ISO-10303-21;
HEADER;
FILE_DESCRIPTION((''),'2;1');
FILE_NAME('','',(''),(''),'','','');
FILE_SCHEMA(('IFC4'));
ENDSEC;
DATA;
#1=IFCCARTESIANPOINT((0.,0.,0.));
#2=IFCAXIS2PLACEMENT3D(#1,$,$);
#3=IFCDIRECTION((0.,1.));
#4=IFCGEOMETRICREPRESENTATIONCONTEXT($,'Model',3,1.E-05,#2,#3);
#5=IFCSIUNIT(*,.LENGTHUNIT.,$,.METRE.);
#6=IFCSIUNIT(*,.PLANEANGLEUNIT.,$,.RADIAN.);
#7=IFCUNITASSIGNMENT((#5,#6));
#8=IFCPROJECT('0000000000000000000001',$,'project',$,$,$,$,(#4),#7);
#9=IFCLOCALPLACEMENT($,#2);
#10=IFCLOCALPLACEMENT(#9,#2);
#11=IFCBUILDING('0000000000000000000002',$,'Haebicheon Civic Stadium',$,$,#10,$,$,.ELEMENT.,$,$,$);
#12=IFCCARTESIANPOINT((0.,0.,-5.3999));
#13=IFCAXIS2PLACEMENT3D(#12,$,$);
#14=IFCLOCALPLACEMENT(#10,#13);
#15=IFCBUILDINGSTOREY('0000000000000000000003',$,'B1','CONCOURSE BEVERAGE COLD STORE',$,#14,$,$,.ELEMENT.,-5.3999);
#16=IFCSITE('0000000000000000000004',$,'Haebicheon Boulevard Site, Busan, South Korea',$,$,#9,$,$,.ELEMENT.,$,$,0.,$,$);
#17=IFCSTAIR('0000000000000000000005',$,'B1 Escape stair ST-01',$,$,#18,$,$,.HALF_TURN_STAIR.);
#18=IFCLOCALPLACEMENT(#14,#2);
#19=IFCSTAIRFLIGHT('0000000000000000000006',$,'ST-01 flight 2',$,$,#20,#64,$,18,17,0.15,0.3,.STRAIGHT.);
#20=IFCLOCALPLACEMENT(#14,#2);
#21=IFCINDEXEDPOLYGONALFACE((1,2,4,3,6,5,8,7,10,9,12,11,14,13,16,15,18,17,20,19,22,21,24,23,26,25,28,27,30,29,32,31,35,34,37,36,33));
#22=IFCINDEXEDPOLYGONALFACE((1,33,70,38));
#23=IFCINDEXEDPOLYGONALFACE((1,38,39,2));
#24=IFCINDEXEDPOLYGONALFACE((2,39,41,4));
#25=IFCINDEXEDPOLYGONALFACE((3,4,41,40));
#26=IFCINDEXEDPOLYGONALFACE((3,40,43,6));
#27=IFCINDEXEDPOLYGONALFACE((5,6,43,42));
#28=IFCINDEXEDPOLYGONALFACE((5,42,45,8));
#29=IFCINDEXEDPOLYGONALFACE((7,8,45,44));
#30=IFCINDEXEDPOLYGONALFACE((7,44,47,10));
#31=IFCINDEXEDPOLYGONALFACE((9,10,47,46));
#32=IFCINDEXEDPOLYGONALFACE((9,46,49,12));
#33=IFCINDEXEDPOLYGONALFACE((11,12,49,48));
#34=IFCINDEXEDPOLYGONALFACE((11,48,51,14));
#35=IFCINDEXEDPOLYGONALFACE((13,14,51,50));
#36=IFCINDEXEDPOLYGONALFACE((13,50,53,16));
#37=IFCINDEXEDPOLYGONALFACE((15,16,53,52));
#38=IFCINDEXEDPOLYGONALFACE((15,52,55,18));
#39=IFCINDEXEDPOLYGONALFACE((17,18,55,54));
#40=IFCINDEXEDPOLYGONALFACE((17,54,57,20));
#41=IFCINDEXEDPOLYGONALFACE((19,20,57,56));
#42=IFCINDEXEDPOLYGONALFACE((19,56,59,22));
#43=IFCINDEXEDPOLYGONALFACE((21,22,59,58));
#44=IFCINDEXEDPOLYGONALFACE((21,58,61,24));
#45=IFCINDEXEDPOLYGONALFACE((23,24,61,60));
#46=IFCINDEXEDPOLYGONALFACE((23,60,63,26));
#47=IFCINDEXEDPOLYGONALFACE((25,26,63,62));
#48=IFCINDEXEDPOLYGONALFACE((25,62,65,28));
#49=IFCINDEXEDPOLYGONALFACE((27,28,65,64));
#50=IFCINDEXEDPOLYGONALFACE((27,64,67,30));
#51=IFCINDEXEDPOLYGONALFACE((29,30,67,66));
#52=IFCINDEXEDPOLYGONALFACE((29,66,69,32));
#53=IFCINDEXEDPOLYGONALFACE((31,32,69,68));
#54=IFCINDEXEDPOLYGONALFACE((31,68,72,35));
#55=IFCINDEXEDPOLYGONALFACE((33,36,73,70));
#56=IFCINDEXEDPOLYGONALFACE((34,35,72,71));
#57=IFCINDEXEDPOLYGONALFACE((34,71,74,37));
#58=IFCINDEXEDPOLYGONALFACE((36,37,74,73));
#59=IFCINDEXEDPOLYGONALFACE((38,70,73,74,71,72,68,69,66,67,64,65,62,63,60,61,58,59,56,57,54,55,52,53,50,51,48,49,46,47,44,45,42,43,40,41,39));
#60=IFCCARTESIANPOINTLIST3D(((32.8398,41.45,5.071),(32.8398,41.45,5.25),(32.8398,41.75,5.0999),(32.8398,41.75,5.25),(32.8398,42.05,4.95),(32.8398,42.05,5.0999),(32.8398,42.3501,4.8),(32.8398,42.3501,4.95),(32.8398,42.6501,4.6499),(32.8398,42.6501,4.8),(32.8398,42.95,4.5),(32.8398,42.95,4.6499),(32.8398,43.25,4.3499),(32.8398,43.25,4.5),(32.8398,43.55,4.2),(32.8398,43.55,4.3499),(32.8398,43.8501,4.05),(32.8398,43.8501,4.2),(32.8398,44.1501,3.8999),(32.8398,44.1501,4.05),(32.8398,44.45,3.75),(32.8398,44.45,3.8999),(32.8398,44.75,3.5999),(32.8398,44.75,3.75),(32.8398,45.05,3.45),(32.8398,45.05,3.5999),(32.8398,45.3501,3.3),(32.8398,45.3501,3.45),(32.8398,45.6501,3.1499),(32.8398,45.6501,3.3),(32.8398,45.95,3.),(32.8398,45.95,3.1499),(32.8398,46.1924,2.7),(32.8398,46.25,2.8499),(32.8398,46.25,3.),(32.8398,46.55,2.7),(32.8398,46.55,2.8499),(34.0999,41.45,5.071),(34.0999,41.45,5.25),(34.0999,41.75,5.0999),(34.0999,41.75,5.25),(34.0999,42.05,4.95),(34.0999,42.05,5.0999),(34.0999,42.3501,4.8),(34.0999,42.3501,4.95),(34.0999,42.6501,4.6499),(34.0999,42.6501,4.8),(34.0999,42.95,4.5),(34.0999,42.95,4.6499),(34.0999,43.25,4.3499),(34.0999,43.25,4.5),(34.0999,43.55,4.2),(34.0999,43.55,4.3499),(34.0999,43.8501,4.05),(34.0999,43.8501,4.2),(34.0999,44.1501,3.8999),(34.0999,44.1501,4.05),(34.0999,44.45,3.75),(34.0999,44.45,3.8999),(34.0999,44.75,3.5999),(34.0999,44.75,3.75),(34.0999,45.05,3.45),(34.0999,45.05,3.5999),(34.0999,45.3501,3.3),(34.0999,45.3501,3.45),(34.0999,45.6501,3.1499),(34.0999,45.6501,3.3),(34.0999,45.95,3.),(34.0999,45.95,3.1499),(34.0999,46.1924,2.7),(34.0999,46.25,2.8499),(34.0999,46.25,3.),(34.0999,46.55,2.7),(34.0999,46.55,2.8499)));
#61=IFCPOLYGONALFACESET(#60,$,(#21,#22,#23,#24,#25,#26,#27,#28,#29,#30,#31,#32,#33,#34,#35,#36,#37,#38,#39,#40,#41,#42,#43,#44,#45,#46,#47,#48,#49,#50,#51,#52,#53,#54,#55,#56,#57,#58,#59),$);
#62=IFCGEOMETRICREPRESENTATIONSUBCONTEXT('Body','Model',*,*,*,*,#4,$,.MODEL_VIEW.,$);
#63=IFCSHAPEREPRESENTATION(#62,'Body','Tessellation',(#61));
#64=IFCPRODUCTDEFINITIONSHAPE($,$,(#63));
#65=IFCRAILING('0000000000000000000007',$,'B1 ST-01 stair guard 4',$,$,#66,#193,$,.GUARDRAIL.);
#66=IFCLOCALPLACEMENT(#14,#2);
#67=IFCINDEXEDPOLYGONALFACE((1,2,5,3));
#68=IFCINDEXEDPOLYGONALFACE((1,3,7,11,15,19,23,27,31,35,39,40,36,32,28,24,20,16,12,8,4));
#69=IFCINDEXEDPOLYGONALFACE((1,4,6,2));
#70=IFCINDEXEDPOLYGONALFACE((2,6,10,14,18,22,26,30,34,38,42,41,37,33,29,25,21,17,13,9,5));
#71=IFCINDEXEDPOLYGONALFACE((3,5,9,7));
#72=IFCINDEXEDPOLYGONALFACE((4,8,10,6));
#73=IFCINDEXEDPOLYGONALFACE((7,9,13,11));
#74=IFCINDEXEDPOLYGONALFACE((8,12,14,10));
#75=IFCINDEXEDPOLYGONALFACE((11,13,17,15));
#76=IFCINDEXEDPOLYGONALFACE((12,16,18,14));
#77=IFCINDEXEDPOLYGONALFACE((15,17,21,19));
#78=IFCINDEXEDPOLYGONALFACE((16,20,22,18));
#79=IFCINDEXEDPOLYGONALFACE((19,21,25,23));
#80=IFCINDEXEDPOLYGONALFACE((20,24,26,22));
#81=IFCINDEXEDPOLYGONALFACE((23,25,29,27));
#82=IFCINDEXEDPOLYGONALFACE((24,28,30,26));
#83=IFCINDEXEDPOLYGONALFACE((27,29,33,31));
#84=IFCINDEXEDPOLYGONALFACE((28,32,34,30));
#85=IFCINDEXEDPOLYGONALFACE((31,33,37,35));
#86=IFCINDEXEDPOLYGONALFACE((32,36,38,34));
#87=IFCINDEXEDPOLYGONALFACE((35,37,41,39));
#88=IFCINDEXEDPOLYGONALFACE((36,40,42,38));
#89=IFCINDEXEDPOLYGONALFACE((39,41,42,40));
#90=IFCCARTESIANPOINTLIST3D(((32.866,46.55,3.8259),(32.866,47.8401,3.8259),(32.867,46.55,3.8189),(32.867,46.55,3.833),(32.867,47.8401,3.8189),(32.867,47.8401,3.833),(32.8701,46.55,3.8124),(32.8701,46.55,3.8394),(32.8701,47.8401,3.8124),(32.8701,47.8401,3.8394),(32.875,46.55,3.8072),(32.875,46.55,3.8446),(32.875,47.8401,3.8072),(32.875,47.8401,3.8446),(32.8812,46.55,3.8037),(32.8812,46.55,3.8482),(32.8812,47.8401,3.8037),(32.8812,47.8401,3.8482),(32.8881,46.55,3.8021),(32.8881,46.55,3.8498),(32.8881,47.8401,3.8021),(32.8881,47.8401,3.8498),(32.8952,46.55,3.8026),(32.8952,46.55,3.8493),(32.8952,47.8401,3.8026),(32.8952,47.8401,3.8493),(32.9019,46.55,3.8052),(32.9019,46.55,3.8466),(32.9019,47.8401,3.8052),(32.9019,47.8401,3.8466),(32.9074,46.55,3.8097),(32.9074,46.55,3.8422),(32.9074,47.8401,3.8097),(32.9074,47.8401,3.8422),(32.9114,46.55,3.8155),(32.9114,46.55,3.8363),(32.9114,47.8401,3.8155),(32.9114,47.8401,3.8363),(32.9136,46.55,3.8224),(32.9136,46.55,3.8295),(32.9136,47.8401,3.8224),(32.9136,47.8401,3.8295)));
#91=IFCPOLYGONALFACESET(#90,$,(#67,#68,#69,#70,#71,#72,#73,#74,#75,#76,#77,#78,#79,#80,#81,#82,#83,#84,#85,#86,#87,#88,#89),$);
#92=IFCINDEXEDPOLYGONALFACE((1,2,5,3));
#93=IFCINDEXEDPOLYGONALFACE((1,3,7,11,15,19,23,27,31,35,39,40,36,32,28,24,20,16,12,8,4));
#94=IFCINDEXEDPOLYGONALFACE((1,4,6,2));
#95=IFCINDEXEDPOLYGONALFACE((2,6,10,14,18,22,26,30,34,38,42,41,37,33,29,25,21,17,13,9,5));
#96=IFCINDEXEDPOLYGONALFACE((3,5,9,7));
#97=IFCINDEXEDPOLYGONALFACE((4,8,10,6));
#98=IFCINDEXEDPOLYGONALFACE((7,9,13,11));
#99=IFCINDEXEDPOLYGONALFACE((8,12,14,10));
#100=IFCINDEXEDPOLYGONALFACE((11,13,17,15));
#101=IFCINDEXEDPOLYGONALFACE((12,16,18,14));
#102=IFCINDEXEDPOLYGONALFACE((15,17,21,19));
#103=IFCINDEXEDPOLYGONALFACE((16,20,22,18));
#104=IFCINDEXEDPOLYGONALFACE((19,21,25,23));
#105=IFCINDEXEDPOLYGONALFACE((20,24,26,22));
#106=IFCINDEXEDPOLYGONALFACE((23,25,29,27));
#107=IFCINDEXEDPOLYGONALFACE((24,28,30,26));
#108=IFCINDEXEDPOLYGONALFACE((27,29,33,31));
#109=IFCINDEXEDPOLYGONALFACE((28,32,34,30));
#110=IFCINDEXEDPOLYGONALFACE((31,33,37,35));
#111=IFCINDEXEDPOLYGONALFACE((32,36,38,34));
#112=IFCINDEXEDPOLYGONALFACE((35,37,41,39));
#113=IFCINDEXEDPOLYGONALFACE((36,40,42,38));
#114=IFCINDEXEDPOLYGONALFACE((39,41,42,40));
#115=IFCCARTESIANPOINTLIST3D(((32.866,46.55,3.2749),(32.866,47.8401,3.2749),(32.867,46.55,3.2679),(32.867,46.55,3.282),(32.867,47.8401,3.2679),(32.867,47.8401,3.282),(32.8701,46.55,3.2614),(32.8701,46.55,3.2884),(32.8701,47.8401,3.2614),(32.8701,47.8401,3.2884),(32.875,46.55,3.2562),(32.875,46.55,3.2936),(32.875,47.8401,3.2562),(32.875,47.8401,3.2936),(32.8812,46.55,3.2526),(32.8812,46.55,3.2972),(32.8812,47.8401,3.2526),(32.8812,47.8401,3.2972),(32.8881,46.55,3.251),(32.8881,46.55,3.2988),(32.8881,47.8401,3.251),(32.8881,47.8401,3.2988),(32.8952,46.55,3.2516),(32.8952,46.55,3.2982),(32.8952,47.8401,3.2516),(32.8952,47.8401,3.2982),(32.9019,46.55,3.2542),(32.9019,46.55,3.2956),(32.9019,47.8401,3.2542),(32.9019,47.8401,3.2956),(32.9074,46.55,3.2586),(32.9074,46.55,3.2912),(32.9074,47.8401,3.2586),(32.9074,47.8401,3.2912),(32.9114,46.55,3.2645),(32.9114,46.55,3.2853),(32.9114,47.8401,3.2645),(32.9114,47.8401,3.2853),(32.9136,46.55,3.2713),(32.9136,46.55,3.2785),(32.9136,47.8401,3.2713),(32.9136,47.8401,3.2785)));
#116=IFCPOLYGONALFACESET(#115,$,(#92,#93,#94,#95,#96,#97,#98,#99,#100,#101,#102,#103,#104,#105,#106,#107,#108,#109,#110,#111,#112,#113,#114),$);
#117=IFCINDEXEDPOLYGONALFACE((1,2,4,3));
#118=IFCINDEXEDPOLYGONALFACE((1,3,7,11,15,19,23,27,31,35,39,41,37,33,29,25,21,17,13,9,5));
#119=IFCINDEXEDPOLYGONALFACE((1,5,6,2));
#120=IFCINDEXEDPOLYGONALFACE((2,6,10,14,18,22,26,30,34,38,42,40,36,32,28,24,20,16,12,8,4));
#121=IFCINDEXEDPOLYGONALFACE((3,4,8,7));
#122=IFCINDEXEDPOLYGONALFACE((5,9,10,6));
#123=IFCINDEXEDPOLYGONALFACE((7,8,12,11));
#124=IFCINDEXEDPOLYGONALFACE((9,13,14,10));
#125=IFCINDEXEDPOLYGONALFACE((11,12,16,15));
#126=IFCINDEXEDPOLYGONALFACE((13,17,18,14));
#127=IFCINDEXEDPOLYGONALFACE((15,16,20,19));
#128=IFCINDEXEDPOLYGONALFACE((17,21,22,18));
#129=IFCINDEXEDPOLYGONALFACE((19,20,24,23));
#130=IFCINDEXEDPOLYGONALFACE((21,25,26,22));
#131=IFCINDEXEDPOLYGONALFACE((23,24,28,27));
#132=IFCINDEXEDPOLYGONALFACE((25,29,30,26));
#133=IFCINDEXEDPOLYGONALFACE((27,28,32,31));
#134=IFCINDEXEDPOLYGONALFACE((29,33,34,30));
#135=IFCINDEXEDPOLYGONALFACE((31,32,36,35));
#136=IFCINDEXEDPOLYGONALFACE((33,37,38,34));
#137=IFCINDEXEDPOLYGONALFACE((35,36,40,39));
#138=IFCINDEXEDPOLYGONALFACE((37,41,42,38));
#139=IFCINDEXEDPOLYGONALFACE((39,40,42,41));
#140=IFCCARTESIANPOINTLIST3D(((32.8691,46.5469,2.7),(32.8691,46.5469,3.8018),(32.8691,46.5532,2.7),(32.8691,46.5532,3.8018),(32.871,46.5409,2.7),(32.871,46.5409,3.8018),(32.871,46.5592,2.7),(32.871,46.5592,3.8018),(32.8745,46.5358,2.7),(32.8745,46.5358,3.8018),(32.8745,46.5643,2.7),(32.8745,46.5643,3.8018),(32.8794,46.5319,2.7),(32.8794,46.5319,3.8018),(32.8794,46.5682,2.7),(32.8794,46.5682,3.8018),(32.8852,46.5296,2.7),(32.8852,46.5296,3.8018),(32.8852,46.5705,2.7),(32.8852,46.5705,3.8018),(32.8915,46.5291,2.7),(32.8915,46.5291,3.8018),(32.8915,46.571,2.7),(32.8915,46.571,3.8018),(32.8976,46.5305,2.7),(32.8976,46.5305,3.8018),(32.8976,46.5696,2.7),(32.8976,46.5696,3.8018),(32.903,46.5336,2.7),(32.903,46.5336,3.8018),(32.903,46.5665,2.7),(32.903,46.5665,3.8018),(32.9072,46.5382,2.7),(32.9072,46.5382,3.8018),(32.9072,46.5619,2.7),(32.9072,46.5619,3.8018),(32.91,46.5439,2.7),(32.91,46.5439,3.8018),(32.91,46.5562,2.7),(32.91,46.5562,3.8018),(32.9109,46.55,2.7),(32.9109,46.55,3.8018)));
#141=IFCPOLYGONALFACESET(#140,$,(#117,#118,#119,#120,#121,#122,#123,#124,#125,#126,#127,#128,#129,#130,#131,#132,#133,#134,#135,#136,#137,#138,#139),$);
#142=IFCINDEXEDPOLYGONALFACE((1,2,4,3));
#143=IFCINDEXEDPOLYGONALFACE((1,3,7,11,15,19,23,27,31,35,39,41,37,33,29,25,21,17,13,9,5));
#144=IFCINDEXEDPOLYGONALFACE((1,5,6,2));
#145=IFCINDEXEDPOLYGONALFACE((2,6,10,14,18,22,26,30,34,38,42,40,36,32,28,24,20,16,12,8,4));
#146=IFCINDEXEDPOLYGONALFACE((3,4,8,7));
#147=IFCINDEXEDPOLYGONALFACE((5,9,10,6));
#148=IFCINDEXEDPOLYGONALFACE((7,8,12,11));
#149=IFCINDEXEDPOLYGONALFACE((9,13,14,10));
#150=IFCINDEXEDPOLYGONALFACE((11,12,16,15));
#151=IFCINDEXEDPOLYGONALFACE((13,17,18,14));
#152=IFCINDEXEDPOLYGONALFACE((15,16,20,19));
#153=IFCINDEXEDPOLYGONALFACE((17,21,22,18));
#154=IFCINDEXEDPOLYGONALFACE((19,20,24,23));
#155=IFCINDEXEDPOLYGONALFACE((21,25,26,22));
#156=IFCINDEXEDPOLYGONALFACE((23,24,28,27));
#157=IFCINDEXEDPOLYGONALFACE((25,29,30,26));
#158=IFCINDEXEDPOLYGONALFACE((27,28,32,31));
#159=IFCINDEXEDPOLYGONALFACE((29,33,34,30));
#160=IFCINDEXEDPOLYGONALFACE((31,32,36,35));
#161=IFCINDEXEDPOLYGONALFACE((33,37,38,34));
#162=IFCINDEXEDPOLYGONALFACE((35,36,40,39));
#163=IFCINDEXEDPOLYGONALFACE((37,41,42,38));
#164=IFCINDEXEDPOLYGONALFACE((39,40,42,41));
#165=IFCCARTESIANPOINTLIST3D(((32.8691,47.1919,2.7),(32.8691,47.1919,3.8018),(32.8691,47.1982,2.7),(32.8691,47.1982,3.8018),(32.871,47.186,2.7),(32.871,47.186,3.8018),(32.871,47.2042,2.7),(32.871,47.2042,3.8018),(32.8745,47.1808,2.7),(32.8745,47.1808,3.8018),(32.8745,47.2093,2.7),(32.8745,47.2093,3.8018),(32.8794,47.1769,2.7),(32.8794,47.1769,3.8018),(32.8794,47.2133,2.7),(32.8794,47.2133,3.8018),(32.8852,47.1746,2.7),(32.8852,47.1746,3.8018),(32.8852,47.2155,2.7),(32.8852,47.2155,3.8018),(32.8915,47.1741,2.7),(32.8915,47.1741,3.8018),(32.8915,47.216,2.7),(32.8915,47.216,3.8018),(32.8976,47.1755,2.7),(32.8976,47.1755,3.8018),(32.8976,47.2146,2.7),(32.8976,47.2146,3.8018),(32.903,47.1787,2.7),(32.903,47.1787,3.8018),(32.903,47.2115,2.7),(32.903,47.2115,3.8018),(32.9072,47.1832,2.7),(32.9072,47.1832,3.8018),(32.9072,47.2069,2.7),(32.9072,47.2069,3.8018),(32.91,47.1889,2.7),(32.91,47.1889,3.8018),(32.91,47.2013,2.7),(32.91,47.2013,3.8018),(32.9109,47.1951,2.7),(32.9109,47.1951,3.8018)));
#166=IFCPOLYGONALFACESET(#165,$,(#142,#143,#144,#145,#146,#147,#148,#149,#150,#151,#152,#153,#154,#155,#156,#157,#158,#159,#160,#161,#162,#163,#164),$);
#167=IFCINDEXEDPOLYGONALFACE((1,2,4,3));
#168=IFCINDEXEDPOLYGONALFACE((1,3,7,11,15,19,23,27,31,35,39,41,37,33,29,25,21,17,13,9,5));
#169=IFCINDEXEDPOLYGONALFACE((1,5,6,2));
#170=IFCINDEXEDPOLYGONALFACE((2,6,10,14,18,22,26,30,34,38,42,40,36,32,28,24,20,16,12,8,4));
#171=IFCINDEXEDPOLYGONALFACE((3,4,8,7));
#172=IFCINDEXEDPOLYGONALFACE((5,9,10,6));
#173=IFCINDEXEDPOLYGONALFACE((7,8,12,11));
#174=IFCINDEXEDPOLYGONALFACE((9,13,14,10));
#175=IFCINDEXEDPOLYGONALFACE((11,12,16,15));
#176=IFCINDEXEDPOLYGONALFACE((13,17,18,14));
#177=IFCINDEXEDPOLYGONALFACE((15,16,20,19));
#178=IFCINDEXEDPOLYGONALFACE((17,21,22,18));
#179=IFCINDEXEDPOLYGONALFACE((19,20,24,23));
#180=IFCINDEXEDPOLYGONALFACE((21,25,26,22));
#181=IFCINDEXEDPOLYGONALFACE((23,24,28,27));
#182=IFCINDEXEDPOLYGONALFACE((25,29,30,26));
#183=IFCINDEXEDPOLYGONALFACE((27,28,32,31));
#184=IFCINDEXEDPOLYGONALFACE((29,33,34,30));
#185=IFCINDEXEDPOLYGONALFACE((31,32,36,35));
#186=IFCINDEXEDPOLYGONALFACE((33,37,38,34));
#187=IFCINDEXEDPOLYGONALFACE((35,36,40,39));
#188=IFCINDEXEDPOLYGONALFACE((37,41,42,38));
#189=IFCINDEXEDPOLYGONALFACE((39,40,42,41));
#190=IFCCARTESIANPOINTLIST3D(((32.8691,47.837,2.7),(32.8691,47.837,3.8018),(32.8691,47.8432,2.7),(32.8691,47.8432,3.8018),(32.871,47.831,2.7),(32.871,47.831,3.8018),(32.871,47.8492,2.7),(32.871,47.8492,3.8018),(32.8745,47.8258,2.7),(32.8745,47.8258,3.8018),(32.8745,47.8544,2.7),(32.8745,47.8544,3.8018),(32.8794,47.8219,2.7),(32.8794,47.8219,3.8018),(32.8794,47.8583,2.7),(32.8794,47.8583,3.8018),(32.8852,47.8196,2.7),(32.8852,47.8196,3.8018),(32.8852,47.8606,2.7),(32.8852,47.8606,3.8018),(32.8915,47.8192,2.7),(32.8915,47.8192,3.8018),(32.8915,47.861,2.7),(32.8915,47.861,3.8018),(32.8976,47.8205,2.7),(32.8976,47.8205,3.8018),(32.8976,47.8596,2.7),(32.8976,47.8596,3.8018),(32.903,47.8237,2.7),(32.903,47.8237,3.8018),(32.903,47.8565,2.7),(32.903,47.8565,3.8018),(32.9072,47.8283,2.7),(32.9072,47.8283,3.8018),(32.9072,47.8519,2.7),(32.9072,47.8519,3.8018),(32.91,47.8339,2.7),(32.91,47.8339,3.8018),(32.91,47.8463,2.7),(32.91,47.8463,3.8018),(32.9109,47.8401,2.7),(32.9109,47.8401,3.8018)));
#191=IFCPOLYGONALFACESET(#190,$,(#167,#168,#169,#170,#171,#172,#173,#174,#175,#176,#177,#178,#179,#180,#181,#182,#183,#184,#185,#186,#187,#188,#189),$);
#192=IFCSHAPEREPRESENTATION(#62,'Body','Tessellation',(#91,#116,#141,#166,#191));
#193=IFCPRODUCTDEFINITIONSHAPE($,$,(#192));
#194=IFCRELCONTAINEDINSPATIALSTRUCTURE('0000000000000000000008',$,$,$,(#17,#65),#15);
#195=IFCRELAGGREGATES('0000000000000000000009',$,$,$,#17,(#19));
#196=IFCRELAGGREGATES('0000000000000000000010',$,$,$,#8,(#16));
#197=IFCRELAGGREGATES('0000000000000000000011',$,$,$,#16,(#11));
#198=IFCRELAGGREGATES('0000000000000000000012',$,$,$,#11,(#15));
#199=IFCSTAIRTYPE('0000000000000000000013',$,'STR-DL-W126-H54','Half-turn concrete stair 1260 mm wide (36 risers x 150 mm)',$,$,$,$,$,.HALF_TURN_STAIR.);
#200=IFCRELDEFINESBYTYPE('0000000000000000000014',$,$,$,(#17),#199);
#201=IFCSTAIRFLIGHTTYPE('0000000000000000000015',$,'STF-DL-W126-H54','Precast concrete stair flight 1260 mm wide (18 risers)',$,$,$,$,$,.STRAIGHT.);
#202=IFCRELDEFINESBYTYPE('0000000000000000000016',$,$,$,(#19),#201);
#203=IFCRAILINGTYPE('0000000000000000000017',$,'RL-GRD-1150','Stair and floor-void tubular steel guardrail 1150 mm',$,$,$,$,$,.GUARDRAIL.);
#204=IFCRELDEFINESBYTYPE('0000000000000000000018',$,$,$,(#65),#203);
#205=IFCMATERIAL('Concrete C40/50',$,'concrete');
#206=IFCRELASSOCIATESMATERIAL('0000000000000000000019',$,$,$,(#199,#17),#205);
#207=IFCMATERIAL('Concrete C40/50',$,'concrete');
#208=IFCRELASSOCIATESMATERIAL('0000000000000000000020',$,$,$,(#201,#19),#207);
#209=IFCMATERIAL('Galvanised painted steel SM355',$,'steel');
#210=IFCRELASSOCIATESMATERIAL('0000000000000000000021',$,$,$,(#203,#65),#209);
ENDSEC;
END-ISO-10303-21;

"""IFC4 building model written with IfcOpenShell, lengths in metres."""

from ifc_helpers import new_model, si_unit, direction, frame, origin, origin_2d, place, context, subcontext, project, spatial, polyline, circle, outline, extrude, material, type_object, element, aggregate, save


model = new_model("IFC4")

# Units and contexts
model_context = context("Model", 3, precision=1e-05, world=origin(), true_north=direction((0.0, 1.0)))
body_context = subcontext(model_context, "Body", "Model", "MODEL_VIEW")
ifc_project = project(units=[si_unit("LENGTHUNIT", "METRE"), si_unit("PLANEANGLEUNIT", "RADIAN")], contexts=[model_context])

# Site, building, storey
site_placement = place(None, origin())
site = spatial("IfcSite", under=ifc_project, at=site_placement, Name="Haebicheon Boulevard Site, Busan, South Korea", CompositionType="ELEMENT", RefElevation=0.0)
building_placement = place(site_placement, origin())
building = spatial("IfcBuilding", under=site, at=building_placement, Name="Haebicheon Civic Stadium", CompositionType="ELEMENT")
storey_placement = place(building_placement, frame((0.0, 0.0, -5.3999)))
storey = spatial("IfcBuildingStorey", under=building, at=storey_placement, Name="B1", Description="CONCOURSE BEVERAGE COLD STORE", CompositionType="ELEMENT", Elevation=-5.3999)

# Stair, stair flight
ifc_material_1 = material(Name="Concrete C40/50", Category="concrete")
stair_type = type_object("IfcStairType", Name="STR-DL-W126-H54", Description="Half-turn concrete stair 1260 mm wide (36 risers x 150 mm)", PredefinedType="HALF_TURN_STAIR", material=ifc_material_1)
stair_placement = place(storey_placement, origin())
stair = element("IfcStair", 1, at=stair_placement, inside=storey, type_object=stair_type, material=ifc_material_1, Name="B1 Escape stair ST-01", PredefinedType="HALF_TURN_STAIR")
ifc_material_2 = material(Name="Concrete C40/50", Category="concrete")
stair_flight_type = type_object("IfcStairFlightType", Name="STF-DL-W126-H54", Description="Precast concrete stair flight 1260 mm wide (18 risers)", PredefinedType="STRAIGHT", material=ifc_material_2)
stair_flight_placement = place(storey_placement, frame((33.47, 46.55, 2.7), z_axis=(0.0, 0.0, 1.0), x_axis=(0.0, -1.0, 0.0)))
stair_flight = element("IfcStairFlight", 2, at=stair_flight_placement, type_object=stair_flight_type, material=ifc_material_2, Name="ST-01 flight 2", NumberOfRisers=18, NumberOfTreads=17, PredefinedType="STRAIGHT", RiserHeight=0.15, TreadLength=0.3, context=body_context, shape_type="SweptSolid", body=[
    extrude(outline(polyline([(0.0, 0.0), (0.0, 0.1499), (0.3, 0.1499), (0.3, 0.3), (0.6001, 0.3), (0.6001, 0.45), (0.8999, 0.45), (0.8999, 0.6001), (1.2, 0.6001), (1.2, 0.75), (1.5, 0.75), (1.5, 0.8999), (1.8, 0.8999), (1.8, 1.05), (2.1001, 1.05), (2.1001, 1.2), (2.3999, 1.2), (2.3999, 1.3501), (2.7, 1.3501), (2.7, 1.5), (3.0, 1.5), (3.0, 1.6499), (3.3, 1.6499), (3.3, 1.8), (3.6001, 1.8), (3.6001, 1.95), (3.8999, 1.95), (3.8999, 2.1001), (4.2, 2.1001), (4.2, 2.25), (4.5, 2.25), (4.5, 2.3999), (4.8, 2.3999), (4.8, 2.55), (5.1001, 2.55), (5.1001, 2.7), (5.1001, 2.3711), (0.3577, 0.0), (0.0, 0.0)])), frame((0.0, 0.6299, 0.0), z_axis=(0.0, -1.0, 0.0), x_axis=(1.0, 0.0, 0.0)), (0.0, 0.0, 1.0), 1.26),
])
aggregate(stair, [stair_flight])

# Railing
ifc_material_3 = material(Name="Galvanised painted steel SM355", Category="steel")
railing_type_1 = type_object("IfcRailingType", Name="RL-GRD-1150", Description="Stair and floor-void tubular steel guardrail 1150 mm", PredefinedType="GUARDRAIL", material=ifc_material_3)
railing_1_placement = place(storey_placement, frame((32.8899, 46.55, 2.7)))
element("IfcRailing", 3, at=railing_1_placement, inside=storey, type_object=railing_type_1, material=ifc_material_3, Name="B1 ST-01 stair guard 4", PredefinedType="GUARDRAIL", context=body_context, shape_type="SweptSolid", body=[
    extrude(circle(Radius=0.0239, at=origin_2d()), frame((0.0, 0.0, 1.126), z_axis=(0.0, 1.0, 0.0), x_axis=(-1.0, 0.0, 0.0)), (0.0, 0.0, 1.0), 1.29),
    extrude(circle(Radius=0.0239, at=origin_2d()), frame((0.0, 0.0, 0.575), z_axis=(0.0, 1.0, 0.0), x_axis=(-1.0, 0.0, 0.0)), (0.0, 0.0, 1.0), 1.29),
    extrude(circle(Radius=0.021, at=origin_2d()), origin(), (0.0, 0.0, 1.0), 1.1018),
    extrude(circle(Radius=0.021, at=origin_2d()), frame((0.0, 0.645, 0.0)), (0.0, 0.0, 1.0), 1.1018),
    extrude(circle(Radius=0.021, at=origin_2d()), frame((0.0, 1.29, 0.0)), (0.0, 0.0, 1.0), 1.1018),
])

save(model, "model.ifc")
